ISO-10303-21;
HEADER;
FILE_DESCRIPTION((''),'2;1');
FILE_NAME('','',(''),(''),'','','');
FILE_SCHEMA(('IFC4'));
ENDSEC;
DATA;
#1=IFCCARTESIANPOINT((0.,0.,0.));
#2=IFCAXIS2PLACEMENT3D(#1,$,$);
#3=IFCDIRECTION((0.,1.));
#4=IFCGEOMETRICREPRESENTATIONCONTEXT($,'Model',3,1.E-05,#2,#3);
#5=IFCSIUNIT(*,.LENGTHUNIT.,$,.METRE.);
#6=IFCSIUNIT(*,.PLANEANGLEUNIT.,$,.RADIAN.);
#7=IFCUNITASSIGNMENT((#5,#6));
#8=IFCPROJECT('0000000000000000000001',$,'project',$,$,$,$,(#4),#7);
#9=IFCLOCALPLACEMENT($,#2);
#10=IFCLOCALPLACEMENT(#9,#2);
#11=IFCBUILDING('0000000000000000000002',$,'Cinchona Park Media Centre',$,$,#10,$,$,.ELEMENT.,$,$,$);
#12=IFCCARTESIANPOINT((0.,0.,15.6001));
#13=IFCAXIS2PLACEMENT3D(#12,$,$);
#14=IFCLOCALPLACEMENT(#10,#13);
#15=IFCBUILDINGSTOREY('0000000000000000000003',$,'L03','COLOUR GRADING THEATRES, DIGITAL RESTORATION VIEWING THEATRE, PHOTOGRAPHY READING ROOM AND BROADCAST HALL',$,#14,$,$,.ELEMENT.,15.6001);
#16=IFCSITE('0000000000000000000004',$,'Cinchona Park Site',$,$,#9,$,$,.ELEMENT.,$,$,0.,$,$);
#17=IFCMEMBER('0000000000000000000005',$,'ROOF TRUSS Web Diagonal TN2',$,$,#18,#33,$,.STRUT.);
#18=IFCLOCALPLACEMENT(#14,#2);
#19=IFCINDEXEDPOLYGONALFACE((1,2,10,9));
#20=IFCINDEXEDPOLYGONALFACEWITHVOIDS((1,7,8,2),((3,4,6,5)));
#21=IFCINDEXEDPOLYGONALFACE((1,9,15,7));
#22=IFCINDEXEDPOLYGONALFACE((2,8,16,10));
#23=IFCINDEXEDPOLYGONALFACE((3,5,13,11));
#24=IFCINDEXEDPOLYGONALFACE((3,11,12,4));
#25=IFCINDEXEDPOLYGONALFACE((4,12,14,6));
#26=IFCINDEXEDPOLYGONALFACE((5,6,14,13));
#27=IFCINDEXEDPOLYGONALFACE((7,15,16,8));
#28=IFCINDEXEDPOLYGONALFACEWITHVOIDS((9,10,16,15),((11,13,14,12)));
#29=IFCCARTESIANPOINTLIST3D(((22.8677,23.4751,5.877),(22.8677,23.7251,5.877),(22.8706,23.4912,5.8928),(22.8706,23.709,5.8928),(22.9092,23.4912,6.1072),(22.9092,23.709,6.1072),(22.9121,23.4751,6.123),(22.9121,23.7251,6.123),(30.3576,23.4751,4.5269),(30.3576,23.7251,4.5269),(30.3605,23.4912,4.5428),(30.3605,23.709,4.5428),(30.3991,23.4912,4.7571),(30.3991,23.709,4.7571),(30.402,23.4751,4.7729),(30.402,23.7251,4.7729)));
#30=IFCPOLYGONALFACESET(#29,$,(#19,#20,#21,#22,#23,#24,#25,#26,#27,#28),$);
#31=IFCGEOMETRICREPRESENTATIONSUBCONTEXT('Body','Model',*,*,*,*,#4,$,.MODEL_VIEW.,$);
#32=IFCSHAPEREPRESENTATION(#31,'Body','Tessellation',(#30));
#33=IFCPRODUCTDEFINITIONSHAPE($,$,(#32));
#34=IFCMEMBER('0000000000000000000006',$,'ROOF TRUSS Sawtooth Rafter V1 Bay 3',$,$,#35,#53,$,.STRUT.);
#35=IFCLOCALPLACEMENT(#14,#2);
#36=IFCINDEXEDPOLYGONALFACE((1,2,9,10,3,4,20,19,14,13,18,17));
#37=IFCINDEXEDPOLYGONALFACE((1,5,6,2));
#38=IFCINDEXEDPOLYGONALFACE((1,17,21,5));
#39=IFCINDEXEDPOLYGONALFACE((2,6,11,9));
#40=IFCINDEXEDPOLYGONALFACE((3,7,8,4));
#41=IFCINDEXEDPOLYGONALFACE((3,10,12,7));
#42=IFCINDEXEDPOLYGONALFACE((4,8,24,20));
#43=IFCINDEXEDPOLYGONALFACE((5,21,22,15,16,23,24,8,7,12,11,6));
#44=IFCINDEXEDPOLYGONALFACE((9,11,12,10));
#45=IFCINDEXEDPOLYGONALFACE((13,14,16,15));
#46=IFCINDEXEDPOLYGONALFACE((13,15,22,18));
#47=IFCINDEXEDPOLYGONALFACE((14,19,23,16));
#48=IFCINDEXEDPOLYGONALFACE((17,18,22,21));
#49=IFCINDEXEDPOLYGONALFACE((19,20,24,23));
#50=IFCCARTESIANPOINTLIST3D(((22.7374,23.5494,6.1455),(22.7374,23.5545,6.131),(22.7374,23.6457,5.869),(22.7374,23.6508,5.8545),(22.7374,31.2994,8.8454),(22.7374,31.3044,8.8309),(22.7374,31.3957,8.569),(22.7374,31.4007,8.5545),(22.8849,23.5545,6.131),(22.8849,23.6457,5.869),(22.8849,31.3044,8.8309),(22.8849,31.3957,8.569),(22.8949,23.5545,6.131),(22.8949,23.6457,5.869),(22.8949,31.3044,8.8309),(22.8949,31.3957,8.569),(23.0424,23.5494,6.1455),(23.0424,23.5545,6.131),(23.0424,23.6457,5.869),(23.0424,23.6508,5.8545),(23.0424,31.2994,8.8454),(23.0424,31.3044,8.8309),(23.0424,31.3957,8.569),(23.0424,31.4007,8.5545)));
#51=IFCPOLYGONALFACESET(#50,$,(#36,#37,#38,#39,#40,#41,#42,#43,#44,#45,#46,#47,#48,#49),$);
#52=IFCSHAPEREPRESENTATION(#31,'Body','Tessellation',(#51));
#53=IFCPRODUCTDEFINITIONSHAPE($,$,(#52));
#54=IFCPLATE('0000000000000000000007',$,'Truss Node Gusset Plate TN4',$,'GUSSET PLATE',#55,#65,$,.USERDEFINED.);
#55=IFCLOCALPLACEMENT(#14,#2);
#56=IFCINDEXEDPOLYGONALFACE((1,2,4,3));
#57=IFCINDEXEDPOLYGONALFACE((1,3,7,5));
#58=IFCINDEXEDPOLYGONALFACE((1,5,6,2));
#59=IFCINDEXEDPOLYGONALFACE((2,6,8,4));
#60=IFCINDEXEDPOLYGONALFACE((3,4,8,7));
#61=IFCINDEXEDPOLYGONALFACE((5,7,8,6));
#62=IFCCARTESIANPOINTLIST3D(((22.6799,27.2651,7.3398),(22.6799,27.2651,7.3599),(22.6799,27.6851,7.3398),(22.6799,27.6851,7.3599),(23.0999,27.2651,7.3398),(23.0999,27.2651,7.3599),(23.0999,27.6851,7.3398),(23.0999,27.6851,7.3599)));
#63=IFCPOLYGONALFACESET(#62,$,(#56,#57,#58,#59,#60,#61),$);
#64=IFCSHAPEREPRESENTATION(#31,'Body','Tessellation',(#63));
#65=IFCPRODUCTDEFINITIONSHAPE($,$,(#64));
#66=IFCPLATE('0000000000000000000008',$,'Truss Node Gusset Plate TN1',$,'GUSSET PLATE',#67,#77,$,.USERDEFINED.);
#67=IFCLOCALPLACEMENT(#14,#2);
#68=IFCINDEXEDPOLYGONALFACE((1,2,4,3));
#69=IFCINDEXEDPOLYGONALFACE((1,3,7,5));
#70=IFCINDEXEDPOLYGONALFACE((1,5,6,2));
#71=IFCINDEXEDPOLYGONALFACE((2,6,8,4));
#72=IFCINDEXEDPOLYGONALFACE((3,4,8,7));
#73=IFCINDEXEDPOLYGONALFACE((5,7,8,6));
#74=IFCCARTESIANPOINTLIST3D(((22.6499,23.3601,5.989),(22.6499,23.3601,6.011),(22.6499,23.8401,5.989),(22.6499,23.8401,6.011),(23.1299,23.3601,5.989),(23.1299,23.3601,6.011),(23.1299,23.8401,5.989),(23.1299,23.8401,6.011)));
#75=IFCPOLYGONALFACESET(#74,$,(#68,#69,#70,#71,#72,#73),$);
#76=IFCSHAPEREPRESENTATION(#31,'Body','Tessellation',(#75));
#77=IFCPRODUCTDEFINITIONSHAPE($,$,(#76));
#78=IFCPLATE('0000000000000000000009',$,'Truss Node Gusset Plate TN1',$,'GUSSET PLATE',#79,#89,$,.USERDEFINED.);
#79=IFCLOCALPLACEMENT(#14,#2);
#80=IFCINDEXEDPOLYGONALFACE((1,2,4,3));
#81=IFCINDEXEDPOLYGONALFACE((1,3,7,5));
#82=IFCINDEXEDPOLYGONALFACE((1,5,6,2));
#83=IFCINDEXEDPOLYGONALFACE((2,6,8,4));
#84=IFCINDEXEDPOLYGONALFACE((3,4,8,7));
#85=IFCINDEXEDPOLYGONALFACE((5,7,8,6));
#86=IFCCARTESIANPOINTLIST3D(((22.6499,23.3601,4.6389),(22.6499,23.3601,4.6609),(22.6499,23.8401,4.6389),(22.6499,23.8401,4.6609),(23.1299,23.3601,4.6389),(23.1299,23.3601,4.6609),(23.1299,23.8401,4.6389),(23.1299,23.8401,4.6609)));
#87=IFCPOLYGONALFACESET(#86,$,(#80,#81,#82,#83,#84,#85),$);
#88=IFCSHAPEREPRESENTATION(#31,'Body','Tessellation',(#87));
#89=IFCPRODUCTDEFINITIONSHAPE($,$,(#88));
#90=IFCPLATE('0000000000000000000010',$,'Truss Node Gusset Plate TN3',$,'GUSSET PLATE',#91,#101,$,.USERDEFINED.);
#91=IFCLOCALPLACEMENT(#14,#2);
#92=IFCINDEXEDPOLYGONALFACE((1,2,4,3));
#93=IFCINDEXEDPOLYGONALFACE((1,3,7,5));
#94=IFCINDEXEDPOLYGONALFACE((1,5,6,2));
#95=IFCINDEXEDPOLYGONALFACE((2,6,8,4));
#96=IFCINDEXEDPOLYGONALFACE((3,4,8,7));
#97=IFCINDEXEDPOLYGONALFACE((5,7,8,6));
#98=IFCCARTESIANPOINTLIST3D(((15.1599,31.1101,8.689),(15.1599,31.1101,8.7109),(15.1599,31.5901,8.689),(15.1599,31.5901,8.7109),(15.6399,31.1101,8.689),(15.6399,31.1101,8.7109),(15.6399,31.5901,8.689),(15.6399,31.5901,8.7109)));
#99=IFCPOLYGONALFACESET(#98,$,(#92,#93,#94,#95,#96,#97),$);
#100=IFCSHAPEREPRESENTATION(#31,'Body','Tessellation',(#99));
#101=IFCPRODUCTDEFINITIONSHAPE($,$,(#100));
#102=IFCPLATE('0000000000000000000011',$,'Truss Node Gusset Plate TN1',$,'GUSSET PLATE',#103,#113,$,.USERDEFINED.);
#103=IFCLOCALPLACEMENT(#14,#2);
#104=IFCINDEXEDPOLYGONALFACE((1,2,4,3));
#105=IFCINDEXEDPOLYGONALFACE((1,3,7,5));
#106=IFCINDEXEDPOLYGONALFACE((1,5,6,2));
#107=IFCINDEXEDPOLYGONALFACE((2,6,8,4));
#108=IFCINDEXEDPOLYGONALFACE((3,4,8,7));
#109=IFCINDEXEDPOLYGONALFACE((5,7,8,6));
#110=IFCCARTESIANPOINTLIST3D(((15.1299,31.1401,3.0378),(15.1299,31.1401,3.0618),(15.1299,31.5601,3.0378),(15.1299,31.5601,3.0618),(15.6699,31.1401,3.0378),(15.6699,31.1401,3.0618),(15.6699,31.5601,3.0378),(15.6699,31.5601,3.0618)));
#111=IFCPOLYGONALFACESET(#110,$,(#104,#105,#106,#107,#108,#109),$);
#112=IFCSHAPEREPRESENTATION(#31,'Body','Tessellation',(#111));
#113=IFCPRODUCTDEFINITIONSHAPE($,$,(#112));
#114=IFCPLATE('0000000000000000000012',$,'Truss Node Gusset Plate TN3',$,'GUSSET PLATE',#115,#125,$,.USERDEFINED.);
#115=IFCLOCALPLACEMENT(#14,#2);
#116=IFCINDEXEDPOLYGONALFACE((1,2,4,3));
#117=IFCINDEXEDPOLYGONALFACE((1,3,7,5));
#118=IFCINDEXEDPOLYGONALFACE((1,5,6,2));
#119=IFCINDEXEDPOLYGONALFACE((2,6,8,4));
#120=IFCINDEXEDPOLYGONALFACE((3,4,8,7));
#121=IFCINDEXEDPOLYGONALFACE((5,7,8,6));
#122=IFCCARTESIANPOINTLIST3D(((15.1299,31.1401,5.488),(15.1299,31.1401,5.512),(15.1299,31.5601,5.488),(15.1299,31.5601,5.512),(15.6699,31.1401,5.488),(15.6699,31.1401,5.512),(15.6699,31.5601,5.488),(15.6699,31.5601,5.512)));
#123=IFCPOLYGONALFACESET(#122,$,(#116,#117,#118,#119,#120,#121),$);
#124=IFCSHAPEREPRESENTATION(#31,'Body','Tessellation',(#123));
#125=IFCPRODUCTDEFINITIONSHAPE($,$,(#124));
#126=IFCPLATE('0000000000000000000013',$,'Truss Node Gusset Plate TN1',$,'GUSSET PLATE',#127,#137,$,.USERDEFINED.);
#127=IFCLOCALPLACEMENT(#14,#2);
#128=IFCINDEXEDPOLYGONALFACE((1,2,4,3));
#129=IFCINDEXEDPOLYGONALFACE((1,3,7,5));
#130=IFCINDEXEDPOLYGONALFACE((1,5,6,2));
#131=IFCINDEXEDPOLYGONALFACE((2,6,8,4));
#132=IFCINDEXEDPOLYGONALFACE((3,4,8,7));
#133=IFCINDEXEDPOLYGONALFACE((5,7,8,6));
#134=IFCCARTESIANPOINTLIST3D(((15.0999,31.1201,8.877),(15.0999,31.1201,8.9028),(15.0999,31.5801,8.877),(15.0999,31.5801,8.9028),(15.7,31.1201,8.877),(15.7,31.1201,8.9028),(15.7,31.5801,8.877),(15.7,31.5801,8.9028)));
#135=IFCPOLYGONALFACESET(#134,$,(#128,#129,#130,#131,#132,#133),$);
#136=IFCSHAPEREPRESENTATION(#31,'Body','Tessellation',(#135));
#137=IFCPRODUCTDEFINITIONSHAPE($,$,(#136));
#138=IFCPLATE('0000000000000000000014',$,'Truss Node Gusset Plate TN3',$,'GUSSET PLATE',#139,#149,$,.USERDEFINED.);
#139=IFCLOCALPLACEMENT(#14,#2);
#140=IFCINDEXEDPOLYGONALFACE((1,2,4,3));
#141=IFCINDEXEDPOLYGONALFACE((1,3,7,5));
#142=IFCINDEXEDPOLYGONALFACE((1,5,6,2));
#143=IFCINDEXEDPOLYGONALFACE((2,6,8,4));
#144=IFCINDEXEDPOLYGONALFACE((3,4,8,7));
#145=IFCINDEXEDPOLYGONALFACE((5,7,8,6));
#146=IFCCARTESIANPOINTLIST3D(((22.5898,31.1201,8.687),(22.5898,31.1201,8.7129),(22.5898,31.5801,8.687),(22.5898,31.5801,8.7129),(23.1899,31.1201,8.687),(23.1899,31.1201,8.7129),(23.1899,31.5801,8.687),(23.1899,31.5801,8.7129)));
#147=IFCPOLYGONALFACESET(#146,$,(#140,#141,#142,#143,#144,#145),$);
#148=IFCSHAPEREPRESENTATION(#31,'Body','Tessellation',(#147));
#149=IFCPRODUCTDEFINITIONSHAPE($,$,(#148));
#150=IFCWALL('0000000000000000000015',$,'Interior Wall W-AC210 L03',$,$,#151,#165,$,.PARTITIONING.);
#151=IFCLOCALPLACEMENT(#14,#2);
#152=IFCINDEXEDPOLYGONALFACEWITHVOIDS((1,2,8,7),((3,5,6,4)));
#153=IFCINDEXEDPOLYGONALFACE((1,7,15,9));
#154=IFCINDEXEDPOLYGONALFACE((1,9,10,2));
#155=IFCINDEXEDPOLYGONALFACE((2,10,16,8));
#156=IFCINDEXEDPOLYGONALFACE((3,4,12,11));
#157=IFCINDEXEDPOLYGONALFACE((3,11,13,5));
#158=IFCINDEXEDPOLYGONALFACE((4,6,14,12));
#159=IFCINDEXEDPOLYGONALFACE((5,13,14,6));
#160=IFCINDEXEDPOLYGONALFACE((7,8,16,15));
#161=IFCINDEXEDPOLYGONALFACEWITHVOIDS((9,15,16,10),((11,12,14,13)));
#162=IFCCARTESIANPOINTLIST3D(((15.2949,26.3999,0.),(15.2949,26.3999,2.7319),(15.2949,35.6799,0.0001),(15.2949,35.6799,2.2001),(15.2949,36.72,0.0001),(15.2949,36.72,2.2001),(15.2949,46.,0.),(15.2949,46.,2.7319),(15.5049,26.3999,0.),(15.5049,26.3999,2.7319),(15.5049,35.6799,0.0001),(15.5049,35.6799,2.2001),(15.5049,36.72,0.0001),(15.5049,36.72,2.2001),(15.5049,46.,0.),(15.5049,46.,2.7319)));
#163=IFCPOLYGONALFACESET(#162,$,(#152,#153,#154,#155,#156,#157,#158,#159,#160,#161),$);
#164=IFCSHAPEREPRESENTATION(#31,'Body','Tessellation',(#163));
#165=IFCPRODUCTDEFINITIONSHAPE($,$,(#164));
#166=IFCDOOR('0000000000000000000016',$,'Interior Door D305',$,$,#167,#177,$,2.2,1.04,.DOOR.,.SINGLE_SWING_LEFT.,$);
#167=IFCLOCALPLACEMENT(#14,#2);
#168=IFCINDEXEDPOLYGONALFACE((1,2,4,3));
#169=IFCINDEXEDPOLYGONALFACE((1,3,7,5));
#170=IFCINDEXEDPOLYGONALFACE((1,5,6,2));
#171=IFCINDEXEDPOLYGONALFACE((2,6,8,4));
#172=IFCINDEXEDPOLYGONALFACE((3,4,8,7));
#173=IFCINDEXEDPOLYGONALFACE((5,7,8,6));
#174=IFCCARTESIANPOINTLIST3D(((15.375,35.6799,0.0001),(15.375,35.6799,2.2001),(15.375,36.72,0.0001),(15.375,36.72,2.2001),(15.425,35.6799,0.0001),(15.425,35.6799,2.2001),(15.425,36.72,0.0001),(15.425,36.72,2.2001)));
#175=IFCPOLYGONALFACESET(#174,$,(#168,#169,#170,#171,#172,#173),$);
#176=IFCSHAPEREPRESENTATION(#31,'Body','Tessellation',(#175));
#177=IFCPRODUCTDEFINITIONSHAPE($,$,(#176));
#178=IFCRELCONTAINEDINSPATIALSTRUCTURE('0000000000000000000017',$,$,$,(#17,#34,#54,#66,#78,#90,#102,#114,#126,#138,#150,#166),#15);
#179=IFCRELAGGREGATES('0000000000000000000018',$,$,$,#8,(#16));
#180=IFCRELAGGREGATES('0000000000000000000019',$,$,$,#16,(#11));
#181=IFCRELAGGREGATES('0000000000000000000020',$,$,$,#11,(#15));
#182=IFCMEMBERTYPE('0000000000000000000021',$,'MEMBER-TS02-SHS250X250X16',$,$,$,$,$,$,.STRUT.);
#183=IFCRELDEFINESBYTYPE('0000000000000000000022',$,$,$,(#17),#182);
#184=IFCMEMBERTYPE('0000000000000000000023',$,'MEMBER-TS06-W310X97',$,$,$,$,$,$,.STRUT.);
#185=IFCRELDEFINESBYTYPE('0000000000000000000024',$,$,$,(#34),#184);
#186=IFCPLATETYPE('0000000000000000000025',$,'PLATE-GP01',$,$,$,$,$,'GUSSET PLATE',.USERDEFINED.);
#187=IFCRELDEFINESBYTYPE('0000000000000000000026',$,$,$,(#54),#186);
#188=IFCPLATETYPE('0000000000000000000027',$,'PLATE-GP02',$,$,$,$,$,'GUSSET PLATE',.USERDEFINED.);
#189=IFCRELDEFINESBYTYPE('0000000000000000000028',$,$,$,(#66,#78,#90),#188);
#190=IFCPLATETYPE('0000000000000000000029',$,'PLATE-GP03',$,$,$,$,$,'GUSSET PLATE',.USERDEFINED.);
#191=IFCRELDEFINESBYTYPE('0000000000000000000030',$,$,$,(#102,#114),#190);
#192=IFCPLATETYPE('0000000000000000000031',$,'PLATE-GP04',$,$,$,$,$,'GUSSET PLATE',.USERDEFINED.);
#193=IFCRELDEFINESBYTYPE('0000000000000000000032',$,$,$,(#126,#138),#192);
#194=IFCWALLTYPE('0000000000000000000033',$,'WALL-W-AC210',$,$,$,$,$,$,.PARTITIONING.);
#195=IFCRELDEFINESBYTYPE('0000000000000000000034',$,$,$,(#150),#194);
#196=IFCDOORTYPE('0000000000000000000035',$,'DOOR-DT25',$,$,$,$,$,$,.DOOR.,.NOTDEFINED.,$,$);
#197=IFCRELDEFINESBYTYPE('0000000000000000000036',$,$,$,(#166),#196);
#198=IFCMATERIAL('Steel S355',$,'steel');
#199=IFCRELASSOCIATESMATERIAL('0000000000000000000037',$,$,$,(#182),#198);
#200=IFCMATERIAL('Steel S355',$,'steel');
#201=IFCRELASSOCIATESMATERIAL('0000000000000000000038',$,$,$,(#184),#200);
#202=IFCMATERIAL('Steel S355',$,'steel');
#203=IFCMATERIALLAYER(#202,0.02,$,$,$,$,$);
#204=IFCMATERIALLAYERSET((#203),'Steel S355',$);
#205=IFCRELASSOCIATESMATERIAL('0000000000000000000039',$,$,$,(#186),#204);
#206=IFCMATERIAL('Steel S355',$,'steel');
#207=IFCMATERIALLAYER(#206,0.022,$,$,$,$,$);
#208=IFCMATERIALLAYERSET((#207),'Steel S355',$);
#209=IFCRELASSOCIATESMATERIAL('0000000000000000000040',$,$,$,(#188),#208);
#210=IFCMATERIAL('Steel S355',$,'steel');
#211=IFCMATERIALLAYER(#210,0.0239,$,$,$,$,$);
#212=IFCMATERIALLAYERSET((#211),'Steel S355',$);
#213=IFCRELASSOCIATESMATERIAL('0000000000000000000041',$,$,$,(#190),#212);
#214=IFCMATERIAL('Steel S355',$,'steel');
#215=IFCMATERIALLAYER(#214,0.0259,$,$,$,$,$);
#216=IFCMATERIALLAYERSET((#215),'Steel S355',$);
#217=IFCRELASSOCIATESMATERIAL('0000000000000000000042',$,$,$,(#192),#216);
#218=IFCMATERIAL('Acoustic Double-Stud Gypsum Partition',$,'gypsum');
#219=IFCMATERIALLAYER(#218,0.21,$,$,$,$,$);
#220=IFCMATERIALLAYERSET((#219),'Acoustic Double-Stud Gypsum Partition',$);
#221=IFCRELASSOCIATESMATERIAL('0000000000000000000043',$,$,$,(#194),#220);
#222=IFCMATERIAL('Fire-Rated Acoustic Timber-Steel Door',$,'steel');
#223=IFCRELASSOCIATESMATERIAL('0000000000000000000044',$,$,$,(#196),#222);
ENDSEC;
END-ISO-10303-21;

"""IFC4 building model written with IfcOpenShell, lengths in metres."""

from ifc_helpers import new_model, si_unit, direction, frame, frame_2d, origin, origin_2d, place, context, subcontext, project, spatial, rectangle, hollow_rectangle, i_section, extrude, material, layer, layer_set, material_profile, profile_set, type_object, element, fill, save


model = new_model("IFC4")

# Units and contexts
model_context = context("Model", 3, precision=1e-05, world=origin(), true_north=direction((0.0, 1.0)))
body_context = subcontext(model_context, "Body", "Model", "MODEL_VIEW")
ifc_project = project(units=[si_unit("LENGTHUNIT", "METRE"), si_unit("PLANEANGLEUNIT", "RADIAN")], contexts=[model_context])

# Site, building, storey
site_placement = place(None, origin())
site = spatial("IfcSite", under=ifc_project, at=site_placement, Name="Cinchona Park Site", CompositionType="ELEMENT", RefElevation=0.0)
building_placement = place(site_placement, origin())
building = spatial("IfcBuilding", under=site, at=building_placement, Name="Cinchona Park Media Centre", CompositionType="ELEMENT")
storey_placement = place(building_placement, frame((0.0, 0.0, 15.6001)))
storey = spatial("IfcBuildingStorey", under=building, at=storey_placement, Name="L03", Description="COLOUR GRADING THEATRES, DIGITAL RESTORATION VIEWING THEATRE, PHOTOGRAPHY READING ROOM AND BROADCAST HALL", CompositionType="ELEMENT", Elevation=15.6001)

# Members
ifc_material_1 = material(Name="Steel S355", Category="steel")
ifc_material_profile_1 = material_profile(ifc_material_1, hollow_rectangle(XDim=0.25, YDim=0.25, WallThickness=0.0161, at=origin_2d()), Name="250X250X16SHS")
ifc_profile_set_1 = profile_set([ifc_material_profile_1], Name="Steel S355")
member_type_1 = type_object("IfcMemberType", Name="MEMBER-TS02-SHS250X250X16", PredefinedType="STRUT", material=ifc_profile_set_1)
member_1_placement = place(storey_placement, frame((22.8899, 23.6001, 6.0), z_axis=(0.98414, 0.0, -0.177395), x_axis=(0.0, 1.0, 0.0)))
element("IfcMember", 1, at=member_1_placement, inside=storey, type_object=member_type_1, Name="ROOF TRUSS Web Diagonal TN2", PredefinedType="STRUT", context=body_context, shape_type="SweptSolid", body=[
    extrude(hollow_rectangle(XDim=0.25, YDim=0.25, WallThickness=0.0161, at=origin_2d()), origin(), (0.0, 0.0, 1.0), 7.6106),
])
ifc_material_2 = material(Name="Steel S355", Category="steel")
ifc_material_profile_2 = material_profile(ifc_material_2, i_section(OverallWidth=0.3049, OverallDepth=0.3081, WebThickness=0.01, FlangeThickness=0.0154, at=origin_2d()), Name="W310X97")
ifc_profile_set_2 = profile_set([ifc_material_profile_2], Name="Steel S355")
member_type_2 = type_object("IfcMemberType", Name="MEMBER-TS06-W310X97", PredefinedType="STRUT", material=ifc_profile_set_2)
member_2_placement = place(storey_placement, frame((22.8899, 23.6001, 6.0), z_axis=(0.0, 0.944334, 0.328988), x_axis=(-1.0, 0.0, 0.0)))
element("IfcMember", 2, at=member_2_placement, inside=storey, type_object=member_type_2, Name="ROOF TRUSS Sawtooth Rafter V1 Bay 3", PredefinedType="STRUT", context=body_context, shape_type="SweptSolid", body=[
    extrude(i_section(OverallWidth=0.3049, OverallDepth=0.3081, WebThickness=0.01, FlangeThickness=0.0154, at=origin_2d()), origin(), (0.0, 0.0, 1.0), 8.2068),
])

# Plates
ifc_material_3 = material(Name="Steel S355", Category="steel")
ifc_layer_1 = layer(ifc_material_3, 0.02)
ifc_layer_set_1 = layer_set([ifc_layer_1], Name="Steel S355")
plate_type_1 = type_object("IfcPlateType", Name="PLATE-GP01", ElementType="GUSSET PLATE", PredefinedType="USERDEFINED", material=ifc_layer_set_1)
plate_placement = place(storey_placement, frame((22.8899, 27.4751, 7.3398), z_axis=(0.0, 0.0, 1.0), x_axis=(1.0, 0.0, 0.0)))
element("IfcPlate", 3, at=plate_placement, inside=storey, type_object=plate_type_1, Name="Truss Node Gusset Plate TN4", ObjectType="GUSSET PLATE", PredefinedType="USERDEFINED", context=body_context, shape_type="SweptSolid", body=[
    extrude(rectangle(XDim=0.4199, YDim=0.4199, at=origin_2d()), origin(), (0.0, 0.0, 1.0), 0.02),
])
ifc_material_4 = material(Name="Steel S355", Category="steel")
ifc_layer_2 = layer(ifc_material_4, 0.022)
ifc_layer_set_2 = layer_set([ifc_layer_2], Name="Steel S355")
plate_type_2 = type_object("IfcPlateType", Name="PLATE-GP02", ElementType="GUSSET PLATE", PredefinedType="USERDEFINED", material=ifc_layer_set_2)
for number, where, z_axis, x_axis, name in (
    (4, (22.8899, 23.6001, 5.989), (0.0, 0.0, 1.0), (1.0, 0.0, 0.0), "Truss Node Gusset Plate TN1"),
    (5, (22.8899, 23.6001, 4.6389), (0.0, 0.0, 1.0), (1.0, 0.0, 0.0), "Truss Node Gusset Plate TN1"),
    (6, (15.3999, 31.3501, 8.689), (0.0, 0.0, 1.0), (1.0, 0.0, 0.0), "Truss Node Gusset Plate TN3"),
):
    element("IfcPlate", number, at=place(storey_placement, frame(where, z_axis=z_axis, x_axis=x_axis)), inside=storey, type_object=plate_type_2, Name=name, ObjectType="GUSSET PLATE", PredefinedType="USERDEFINED", context=body_context, shape_type="SweptSolid", body=[
        extrude(rectangle(XDim=0.48, YDim=0.48, at=origin_2d()), origin(), (0.0, 0.0, 1.0), 0.022),
    ])
ifc_material_5 = material(Name="Steel S355", Category="steel")
ifc_layer_3 = layer(ifc_material_5, 0.0239)
ifc_layer_set_3 = layer_set([ifc_layer_3], Name="Steel S355")
plate_type_3 = type_object("IfcPlateType", Name="PLATE-GP03", ElementType="GUSSET PLATE", PredefinedType="USERDEFINED", material=ifc_layer_set_3)
for number, where, z_axis, x_axis, name in (
    (7, (15.3999, 31.3501, 3.0378), (0.0, 0.0, 1.0), (1.0, 0.0, 0.0), "Truss Node Gusset Plate TN1"),
    (8, (15.3999, 31.3501, 5.488), (0.0, 0.0, 1.0), (1.0, 0.0, 0.0), "Truss Node Gusset Plate TN3"),
):
    element("IfcPlate", number, at=place(storey_placement, frame(where, z_axis=z_axis, x_axis=x_axis)), inside=storey, type_object=plate_type_3, Name=name, ObjectType="GUSSET PLATE", PredefinedType="USERDEFINED", context=body_context, shape_type="SweptSolid", body=[
        extrude(rectangle(XDim=0.54, YDim=0.4199, at=origin_2d()), origin(), (0.0, 0.0, 1.0), 0.0239),
    ])
ifc_material_6 = material(Name="Steel S355", Category="steel")
ifc_layer_4 = layer(ifc_material_6, 0.0259)
ifc_layer_set_4 = layer_set([ifc_layer_4], Name="Steel S355")
plate_type_4 = type_object("IfcPlateType", Name="PLATE-GP04", ElementType="GUSSET PLATE", PredefinedType="USERDEFINED", material=ifc_layer_set_4)
for number, where, z_axis, x_axis, name in (
    (9, (15.3999, 31.3501, 8.877), (0.0, 0.0, 1.0), (1.0, 0.0, 0.0), "Truss Node Gusset Plate TN1"),
    (10, (22.8899, 31.3501, 8.687), (0.0, 0.0, 1.0), (1.0, 0.0, 0.0), "Truss Node Gusset Plate TN3"),
):
    element("IfcPlate", number, at=place(storey_placement, frame(where, z_axis=z_axis, x_axis=x_axis)), inside=storey, type_object=plate_type_4, Name=name, ObjectType="GUSSET PLATE", PredefinedType="USERDEFINED", context=body_context, shape_type="SweptSolid", body=[
        extrude(rectangle(XDim=0.6001, YDim=0.46, at=origin_2d()), origin(), (0.0, 0.0, 1.0), 0.0259),
    ])

# Wall, opening, door
ifc_material_7 = material(Name="Acoustic Double-Stud Gypsum Partition", Category="gypsum")
ifc_layer_5 = layer(ifc_material_7, 0.21)
ifc_layer_set_5 = layer_set([ifc_layer_5], Name="Acoustic Double-Stud Gypsum Partition")
wall_type = type_object("IfcWallType", Name="WALL-W-AC210", PredefinedType="PARTITIONING", material=ifc_layer_set_5)
wall_placement = place(storey_placement, frame((15.3999, 26.3999, 0.0), z_axis=(0.0, 0.0, 1.0), x_axis=(0.0, 1.0, 0.0)))
wall = element("IfcWall", 11, at=wall_placement, inside=storey, type_object=wall_type, Name="Interior Wall W-AC210 L03", PredefinedType="PARTITIONING", context=body_context, shape_type="SweptSolid", body=[
    extrude(rectangle(XDim=19.6001, YDim=0.21, at=frame_2d((9.8, 0.0))), origin(), (0.0, 0.0, 1.0), 2.7319),
])
opening_placement = place(wall_placement, frame((9.28, 0.0, 0.0)))
opening = element("IfcOpeningElement", 12, at=opening_placement, cuts=wall, PredefinedType="OPENING", context=body_context, shape_type="SweptSolid", body=[
    extrude(rectangle(XDim=1.04, YDim=2.2, at=frame_2d((0.52, 1.1001))), frame((0.0, 0.115, 0.0), z_axis=(0.0, -1.0, 0.0), x_axis=(1.0, 0.0, 0.0)), (0.0, 0.0, 1.0), 0.23),
])
ifc_material_8 = material(Name="Fire-Rated Acoustic Timber-Steel Door", Category="steel")
door_type = type_object("IfcDoorType", Name="DOOR-DT25", OperationType="NOTDEFINED", PredefinedType="DOOR", material=ifc_material_8)
door_placement = place(opening_placement, origin())
door = element("IfcDoor", 13, at=door_placement, inside=storey, type_object=door_type, Name="Interior Door D305", OperationType="SINGLE_SWING_LEFT", OverallHeight=2.2, OverallWidth=1.04, PredefinedType="DOOR", context=body_context, shape_type="SweptSolid", body=[
    extrude(rectangle(XDim=1.04, YDim=2.2, at=frame_2d((0.52, 1.1001))), frame((0.0, 0.0249, 0.0), z_axis=(0.0, -1.0, 0.0), x_axis=(1.0, 0.0, 0.0)), (0.0, 0.0, 1.0), 0.05),
])
fill(opening, door)

save(model, "model.ifc")
